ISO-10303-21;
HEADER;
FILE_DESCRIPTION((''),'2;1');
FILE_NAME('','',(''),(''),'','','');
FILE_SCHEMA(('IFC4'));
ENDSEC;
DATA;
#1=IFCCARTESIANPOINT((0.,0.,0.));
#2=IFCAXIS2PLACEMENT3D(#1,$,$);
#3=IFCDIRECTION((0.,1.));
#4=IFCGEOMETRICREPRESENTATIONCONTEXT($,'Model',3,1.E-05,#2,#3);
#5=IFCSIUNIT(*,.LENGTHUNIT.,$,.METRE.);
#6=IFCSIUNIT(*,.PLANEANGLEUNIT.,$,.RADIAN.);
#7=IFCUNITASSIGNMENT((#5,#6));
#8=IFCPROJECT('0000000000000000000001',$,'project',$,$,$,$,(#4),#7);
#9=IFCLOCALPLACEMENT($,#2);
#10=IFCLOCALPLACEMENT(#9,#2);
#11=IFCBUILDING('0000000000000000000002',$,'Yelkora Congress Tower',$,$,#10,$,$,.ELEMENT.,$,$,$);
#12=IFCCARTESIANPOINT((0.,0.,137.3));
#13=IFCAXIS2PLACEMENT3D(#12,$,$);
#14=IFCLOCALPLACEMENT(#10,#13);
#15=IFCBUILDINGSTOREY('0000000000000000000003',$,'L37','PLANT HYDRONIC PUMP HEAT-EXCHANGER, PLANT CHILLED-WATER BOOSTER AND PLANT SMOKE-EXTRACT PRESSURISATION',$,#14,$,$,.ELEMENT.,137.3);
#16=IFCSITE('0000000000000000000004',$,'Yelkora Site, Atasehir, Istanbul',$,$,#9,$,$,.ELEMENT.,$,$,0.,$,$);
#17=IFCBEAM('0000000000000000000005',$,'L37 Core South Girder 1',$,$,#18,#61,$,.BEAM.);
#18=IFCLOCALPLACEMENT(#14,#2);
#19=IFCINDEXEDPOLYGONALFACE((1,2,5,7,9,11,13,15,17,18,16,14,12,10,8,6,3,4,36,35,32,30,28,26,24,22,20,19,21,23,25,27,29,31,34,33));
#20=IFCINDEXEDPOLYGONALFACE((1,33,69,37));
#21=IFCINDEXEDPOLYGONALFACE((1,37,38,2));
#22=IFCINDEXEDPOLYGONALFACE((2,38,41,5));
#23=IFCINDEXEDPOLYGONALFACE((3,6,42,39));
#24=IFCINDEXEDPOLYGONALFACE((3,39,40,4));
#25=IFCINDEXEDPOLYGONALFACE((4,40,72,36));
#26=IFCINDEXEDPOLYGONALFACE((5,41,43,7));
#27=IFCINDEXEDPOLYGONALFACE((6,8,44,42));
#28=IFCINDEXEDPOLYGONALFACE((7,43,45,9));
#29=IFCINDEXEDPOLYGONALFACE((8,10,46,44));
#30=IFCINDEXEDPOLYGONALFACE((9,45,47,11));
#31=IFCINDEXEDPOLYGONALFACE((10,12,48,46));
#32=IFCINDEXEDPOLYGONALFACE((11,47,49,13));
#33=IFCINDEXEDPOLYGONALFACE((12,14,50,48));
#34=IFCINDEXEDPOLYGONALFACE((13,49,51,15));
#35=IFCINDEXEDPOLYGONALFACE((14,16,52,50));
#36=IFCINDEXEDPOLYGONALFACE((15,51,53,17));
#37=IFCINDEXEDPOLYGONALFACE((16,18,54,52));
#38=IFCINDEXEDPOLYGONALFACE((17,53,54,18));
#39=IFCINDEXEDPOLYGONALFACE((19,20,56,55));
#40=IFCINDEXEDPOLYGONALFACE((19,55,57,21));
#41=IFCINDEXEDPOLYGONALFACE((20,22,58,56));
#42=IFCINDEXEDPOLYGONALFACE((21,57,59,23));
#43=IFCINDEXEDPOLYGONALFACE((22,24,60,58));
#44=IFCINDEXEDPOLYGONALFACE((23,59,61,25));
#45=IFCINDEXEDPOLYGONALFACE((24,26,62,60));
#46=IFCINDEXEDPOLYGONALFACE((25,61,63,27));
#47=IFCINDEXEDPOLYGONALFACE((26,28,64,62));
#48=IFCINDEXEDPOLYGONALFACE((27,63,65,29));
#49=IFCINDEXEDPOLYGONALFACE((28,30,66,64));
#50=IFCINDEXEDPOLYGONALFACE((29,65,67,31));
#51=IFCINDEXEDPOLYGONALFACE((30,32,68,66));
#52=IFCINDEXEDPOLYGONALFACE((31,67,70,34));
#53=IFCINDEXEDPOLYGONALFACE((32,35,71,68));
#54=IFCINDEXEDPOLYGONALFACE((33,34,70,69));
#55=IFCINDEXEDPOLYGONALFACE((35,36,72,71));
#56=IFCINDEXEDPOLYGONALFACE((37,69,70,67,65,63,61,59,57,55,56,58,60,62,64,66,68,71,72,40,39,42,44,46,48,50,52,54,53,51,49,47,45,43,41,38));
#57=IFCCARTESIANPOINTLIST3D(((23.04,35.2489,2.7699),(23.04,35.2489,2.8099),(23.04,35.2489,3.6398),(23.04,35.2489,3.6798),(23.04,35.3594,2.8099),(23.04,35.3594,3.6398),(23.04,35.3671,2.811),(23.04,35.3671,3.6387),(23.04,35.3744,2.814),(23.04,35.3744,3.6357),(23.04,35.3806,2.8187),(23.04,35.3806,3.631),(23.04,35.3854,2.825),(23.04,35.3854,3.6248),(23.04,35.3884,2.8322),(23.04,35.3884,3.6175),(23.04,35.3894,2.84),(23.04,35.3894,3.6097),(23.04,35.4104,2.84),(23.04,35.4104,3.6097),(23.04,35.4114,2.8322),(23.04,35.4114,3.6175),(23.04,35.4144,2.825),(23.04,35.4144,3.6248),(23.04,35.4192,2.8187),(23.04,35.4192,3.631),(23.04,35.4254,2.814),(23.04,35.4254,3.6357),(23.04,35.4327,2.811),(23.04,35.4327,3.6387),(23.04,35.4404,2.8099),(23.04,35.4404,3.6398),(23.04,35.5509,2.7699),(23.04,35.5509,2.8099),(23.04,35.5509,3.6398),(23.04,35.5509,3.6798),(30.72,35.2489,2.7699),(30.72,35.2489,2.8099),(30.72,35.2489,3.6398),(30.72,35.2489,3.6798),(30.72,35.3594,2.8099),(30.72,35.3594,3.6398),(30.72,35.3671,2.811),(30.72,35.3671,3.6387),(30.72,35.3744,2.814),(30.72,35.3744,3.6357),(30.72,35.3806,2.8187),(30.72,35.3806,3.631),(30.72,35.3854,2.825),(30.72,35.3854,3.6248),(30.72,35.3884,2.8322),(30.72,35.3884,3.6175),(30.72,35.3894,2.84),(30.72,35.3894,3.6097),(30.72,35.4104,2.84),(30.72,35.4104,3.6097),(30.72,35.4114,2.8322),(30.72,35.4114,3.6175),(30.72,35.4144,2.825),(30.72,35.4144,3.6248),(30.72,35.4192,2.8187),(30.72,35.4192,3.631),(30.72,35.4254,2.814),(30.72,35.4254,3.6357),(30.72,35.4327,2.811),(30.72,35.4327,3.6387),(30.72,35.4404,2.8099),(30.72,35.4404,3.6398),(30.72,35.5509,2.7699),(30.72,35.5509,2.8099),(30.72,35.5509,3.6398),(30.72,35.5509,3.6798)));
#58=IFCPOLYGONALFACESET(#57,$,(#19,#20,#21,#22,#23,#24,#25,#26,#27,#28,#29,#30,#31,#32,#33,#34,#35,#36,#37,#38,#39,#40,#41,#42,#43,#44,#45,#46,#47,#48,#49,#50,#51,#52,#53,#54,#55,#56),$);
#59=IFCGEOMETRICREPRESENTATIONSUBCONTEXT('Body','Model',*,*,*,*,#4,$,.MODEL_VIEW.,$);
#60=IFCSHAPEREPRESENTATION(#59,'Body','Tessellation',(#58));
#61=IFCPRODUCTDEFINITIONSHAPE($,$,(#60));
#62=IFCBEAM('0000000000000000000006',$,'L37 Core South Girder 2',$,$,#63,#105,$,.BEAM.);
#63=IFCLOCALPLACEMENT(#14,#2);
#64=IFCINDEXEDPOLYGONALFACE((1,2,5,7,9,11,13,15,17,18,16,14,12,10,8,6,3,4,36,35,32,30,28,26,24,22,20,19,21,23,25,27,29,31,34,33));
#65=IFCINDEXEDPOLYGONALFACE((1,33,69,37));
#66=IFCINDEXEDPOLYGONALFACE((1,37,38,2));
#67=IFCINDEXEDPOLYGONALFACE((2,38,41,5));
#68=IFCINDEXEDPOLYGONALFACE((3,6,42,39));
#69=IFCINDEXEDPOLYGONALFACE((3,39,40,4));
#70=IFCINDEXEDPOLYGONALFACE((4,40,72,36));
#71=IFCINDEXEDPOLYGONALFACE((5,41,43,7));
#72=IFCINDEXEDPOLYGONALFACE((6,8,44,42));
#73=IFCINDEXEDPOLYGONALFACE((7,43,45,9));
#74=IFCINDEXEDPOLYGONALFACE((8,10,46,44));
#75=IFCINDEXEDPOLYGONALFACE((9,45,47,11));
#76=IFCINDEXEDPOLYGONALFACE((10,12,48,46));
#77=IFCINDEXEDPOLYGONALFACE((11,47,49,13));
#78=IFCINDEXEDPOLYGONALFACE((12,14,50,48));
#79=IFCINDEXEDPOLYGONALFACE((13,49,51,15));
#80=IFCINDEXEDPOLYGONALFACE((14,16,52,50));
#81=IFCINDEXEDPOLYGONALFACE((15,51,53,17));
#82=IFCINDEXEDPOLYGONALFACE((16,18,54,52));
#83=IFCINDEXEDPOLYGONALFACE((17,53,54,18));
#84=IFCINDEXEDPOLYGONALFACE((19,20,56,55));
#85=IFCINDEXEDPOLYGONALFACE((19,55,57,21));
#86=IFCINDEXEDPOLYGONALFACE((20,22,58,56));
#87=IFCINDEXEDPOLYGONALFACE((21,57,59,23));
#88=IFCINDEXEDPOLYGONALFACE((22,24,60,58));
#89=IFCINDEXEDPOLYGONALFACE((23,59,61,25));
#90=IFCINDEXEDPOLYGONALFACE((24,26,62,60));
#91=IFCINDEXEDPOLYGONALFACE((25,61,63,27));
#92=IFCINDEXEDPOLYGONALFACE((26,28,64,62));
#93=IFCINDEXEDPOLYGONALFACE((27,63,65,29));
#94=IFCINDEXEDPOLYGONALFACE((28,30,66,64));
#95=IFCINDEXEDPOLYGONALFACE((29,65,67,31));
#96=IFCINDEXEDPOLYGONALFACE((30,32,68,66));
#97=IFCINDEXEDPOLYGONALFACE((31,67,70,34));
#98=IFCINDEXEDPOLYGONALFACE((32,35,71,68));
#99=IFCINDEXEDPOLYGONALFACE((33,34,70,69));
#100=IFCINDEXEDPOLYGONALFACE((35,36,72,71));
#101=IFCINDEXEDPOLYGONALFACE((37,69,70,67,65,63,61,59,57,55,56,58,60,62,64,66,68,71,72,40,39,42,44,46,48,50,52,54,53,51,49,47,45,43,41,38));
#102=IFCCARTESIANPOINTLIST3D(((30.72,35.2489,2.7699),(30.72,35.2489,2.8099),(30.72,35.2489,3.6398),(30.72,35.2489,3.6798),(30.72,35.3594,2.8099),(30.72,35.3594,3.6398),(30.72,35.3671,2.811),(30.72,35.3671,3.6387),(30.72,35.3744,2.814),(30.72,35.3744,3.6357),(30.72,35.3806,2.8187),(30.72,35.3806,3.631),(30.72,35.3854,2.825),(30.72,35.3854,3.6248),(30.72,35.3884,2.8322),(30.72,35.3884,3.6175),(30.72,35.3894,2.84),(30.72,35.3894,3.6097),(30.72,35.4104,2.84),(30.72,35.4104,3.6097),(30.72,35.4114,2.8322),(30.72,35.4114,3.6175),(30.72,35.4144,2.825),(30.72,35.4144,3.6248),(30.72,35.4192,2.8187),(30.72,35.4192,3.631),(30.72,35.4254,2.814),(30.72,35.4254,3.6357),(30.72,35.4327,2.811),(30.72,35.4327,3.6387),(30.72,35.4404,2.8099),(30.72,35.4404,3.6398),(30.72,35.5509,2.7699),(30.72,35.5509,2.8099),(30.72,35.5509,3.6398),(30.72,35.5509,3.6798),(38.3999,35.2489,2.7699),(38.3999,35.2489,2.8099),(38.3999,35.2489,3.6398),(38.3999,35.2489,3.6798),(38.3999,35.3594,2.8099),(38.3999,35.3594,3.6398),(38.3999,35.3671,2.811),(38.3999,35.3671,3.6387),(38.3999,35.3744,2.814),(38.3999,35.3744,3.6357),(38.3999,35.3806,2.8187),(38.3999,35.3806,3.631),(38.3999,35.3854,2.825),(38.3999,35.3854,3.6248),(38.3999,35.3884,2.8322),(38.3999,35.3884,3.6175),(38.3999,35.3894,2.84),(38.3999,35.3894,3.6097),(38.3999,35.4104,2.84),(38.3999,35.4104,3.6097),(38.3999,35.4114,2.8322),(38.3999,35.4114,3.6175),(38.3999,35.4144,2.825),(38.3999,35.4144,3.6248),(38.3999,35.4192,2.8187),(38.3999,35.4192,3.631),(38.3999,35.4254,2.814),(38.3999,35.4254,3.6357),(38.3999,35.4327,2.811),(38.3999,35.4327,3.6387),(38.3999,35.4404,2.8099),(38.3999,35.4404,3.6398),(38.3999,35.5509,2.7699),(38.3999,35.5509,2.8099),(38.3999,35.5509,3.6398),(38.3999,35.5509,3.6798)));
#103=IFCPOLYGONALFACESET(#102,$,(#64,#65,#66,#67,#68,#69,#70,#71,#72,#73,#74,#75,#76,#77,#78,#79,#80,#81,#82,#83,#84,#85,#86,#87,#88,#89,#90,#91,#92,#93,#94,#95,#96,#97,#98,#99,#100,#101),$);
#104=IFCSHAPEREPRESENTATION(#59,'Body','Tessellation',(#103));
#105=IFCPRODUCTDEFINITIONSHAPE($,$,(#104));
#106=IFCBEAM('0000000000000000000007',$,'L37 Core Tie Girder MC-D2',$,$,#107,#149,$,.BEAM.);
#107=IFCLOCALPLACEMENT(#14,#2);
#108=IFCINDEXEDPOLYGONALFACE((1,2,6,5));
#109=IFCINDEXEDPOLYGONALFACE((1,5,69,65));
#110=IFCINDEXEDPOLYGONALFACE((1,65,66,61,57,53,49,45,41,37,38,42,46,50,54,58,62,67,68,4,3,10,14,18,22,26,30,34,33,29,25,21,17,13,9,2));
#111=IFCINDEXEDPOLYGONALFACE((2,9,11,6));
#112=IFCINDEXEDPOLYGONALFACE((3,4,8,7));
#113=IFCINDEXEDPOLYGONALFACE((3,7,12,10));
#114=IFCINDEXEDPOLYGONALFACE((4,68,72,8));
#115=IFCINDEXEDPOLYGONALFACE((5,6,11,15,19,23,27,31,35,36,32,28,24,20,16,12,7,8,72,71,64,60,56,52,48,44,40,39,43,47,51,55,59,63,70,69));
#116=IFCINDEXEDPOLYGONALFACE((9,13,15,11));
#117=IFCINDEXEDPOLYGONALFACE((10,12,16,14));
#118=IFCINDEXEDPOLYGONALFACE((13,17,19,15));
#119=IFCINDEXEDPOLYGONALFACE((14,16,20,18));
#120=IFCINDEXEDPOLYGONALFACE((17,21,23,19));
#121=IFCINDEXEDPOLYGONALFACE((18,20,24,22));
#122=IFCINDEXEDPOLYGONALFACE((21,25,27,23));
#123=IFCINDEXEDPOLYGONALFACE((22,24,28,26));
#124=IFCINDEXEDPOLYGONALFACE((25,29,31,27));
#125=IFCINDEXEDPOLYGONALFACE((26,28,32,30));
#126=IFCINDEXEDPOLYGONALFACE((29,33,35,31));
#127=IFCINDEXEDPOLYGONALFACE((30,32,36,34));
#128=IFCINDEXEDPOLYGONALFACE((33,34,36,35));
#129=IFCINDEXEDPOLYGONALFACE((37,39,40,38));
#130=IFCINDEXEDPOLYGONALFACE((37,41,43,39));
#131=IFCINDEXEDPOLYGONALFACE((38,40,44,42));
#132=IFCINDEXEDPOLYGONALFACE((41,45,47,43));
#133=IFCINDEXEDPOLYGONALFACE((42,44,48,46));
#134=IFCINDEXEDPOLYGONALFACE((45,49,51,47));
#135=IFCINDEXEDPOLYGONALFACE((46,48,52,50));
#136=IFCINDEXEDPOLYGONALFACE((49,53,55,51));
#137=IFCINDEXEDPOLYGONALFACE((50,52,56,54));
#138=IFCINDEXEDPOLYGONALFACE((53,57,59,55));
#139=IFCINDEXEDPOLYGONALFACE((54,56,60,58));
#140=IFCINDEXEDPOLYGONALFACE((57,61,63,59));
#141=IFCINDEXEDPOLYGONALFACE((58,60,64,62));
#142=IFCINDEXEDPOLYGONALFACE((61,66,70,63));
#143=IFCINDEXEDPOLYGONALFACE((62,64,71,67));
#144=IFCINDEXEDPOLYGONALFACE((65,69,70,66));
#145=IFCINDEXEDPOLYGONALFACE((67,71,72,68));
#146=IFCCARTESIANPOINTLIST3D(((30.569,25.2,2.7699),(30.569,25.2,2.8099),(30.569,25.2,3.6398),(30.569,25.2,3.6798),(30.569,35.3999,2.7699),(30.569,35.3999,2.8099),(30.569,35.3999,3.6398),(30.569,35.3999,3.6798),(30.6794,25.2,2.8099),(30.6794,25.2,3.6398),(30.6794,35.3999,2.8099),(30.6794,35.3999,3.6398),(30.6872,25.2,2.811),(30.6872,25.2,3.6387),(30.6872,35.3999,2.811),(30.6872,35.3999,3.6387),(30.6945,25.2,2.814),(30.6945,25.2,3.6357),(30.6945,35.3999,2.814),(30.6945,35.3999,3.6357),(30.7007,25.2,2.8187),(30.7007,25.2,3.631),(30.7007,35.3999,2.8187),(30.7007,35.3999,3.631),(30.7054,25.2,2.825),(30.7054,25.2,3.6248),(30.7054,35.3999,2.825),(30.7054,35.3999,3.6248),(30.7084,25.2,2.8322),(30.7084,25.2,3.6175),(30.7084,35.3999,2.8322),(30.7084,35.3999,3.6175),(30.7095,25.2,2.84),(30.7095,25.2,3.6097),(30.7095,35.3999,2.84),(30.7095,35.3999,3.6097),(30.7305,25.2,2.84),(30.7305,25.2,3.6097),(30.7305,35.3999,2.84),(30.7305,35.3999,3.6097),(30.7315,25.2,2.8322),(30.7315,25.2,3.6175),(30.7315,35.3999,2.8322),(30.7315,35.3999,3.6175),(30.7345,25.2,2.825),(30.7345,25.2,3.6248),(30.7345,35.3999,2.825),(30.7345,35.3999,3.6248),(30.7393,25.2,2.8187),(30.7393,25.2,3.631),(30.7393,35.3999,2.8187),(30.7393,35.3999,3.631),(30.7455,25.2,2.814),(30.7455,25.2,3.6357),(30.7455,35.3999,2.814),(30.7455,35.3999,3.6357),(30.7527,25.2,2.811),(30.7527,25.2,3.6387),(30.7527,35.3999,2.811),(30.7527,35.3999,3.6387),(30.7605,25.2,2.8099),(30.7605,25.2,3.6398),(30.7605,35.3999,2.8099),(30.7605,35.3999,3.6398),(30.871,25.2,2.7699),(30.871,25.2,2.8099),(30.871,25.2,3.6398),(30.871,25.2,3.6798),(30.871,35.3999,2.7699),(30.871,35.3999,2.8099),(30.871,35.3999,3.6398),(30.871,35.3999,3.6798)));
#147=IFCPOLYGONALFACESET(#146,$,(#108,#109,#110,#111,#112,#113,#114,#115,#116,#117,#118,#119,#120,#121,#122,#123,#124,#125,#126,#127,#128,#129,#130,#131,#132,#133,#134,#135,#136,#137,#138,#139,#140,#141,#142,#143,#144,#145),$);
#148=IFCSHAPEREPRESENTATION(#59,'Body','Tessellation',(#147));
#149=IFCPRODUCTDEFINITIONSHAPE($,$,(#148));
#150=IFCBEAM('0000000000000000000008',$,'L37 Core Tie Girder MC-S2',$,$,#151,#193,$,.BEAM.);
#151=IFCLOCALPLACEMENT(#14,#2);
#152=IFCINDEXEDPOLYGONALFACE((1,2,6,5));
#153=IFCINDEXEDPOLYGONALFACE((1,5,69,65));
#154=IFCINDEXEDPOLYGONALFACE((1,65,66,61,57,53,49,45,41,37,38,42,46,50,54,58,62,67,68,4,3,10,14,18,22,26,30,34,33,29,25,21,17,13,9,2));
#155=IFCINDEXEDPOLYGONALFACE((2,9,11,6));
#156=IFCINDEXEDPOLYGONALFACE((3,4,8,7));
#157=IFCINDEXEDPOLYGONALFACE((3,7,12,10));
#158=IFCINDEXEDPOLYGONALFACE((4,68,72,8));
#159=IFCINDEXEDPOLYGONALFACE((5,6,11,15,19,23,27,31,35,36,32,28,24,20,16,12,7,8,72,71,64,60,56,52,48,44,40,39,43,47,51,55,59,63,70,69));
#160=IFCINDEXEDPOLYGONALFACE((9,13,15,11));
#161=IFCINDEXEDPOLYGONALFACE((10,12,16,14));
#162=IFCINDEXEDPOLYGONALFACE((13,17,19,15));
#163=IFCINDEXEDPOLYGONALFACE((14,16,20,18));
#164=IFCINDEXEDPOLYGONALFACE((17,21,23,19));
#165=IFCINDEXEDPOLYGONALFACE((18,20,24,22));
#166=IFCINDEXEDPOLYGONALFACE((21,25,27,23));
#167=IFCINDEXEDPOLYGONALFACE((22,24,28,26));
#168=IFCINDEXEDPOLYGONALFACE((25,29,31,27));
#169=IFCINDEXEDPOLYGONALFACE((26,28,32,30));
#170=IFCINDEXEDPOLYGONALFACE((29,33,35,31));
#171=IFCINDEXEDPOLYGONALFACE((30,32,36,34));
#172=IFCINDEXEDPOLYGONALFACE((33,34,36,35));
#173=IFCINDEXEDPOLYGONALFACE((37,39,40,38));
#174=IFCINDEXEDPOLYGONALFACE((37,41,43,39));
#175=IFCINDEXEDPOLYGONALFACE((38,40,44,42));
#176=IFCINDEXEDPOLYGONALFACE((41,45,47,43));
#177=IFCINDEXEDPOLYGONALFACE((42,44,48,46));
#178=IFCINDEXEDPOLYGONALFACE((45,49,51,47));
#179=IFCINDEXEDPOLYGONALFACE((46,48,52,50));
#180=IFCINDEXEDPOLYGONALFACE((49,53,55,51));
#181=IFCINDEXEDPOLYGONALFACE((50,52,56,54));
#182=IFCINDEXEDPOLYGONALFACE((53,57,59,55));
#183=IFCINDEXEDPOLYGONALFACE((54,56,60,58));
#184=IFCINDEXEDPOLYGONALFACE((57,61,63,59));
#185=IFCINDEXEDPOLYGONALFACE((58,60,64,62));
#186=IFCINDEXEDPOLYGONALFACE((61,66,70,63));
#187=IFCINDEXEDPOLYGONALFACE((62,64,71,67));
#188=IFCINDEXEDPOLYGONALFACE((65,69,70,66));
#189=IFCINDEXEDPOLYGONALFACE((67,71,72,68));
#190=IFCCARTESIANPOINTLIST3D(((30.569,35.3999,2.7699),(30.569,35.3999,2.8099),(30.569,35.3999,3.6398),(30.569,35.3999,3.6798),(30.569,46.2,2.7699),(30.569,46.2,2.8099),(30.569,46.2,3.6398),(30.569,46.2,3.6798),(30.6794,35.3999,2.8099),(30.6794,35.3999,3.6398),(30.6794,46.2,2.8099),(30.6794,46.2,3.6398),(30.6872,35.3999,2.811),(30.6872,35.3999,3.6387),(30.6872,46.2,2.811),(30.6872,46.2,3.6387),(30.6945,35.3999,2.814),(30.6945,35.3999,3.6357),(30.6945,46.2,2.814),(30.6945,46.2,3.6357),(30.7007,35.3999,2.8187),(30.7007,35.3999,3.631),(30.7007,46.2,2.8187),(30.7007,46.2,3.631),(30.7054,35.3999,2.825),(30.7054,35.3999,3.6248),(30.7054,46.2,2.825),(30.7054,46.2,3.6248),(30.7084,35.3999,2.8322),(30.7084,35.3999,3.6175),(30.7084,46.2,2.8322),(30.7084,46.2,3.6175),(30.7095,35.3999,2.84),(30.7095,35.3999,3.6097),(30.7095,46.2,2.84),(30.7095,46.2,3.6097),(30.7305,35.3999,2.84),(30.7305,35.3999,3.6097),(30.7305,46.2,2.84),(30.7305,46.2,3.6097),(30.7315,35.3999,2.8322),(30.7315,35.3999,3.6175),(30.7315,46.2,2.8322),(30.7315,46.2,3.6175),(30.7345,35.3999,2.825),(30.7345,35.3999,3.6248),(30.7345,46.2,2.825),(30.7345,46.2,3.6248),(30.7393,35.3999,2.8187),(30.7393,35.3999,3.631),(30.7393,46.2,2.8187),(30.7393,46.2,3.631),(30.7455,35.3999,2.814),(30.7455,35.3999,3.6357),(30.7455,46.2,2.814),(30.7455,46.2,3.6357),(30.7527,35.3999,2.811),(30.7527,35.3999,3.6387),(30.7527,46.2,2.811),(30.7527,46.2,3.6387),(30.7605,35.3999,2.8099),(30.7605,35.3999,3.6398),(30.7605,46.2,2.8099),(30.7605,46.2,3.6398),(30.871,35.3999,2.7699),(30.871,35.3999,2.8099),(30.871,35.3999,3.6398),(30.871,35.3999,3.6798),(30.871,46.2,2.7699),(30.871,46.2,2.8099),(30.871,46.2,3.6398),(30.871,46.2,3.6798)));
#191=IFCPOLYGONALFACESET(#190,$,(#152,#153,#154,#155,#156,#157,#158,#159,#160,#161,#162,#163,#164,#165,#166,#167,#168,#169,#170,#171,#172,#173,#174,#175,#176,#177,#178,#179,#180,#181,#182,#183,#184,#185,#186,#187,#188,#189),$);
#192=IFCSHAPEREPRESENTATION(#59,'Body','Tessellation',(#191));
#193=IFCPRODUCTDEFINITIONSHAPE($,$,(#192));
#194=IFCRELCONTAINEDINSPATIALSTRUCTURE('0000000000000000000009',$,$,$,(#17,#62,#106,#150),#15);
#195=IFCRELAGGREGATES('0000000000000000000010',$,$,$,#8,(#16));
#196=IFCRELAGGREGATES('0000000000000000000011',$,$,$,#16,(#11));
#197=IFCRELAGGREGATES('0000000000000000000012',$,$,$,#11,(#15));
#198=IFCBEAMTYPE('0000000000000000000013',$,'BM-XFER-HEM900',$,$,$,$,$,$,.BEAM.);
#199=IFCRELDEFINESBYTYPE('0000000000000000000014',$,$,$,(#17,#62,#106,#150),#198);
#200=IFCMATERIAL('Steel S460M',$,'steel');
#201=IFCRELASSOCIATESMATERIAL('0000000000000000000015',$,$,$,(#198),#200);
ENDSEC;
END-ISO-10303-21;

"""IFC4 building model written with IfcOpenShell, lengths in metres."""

from ifc_helpers import new_model, si_unit, direction, frame, origin, origin_2d, place, context, subcontext, project, spatial, i_section, extrude, material, material_profile, profile_set, type_object, element, save


model = new_model("IFC4")

# Units and contexts
model_context = context("Model", 3, precision=1e-05, world=origin(), true_north=direction((0.0, 1.0)))
body_context = subcontext(model_context, "Body", "Model", "MODEL_VIEW")
ifc_project = project(units=[si_unit("LENGTHUNIT", "METRE"), si_unit("PLANEANGLEUNIT", "RADIAN")], contexts=[model_context])

# Site, building, storey
site_placement = place(None, origin())
site = spatial("IfcSite", under=ifc_project, at=site_placement, Name="Yelkora Site, Atasehir, Istanbul", CompositionType="ELEMENT", RefElevation=0.0)
building_placement = place(site_placement, origin())
building = spatial("IfcBuilding", under=site, at=building_placement, Name="Yelkora Congress Tower", CompositionType="ELEMENT")
storey_placement = place(building_placement, frame((0.0, 0.0, 137.3)))
storey = spatial("IfcBuildingStorey", under=building, at=storey_placement, Name="L37", Description="PLANT HYDRONIC PUMP HEAT-EXCHANGER, PLANT CHILLED-WATER BOOSTER AND PLANT SMOKE-EXTRACT PRESSURISATION", CompositionType="ELEMENT", Elevation=137.3)

# Shared definitions
ifc_material_1 = material(Name="Steel S460M", Category="steel")

# Beams
ifc_material_profile_1 = material_profile(ifc_material_1, i_section(OverallWidth=0.302, OverallDepth=0.9099, WebThickness=0.021, FlangeThickness=0.04, FilletRadius=0.03, at=origin_2d()), Name="HEM 900")
ifc_profile_set_1 = profile_set([ifc_material_profile_1], Name="Steel S460M")
beam_type = type_object("IfcBeamType", Name="BM-XFER-HEM900", PredefinedType="BEAM", material=ifc_profile_set_1)
for number, where, z_axis, x_axis, name in (
    (1, (23.04, 35.3999, 3.2249), (1.0, 0.0, 0.0), (0.0, 1.0, 0.0), "L37 Core South Girder 1"),
    (2, (30.72, 35.3999, 3.2249), (1.0, 0.0, 0.0), (0.0, 1.0, 0.0), "L37 Core South Girder 2"),
):
    element("IfcBeam", number, at=place(storey_placement, frame(where, z_axis=z_axis, x_axis=x_axis)), inside=storey, type_object=beam_type, Name=name, PredefinedType="BEAM", context=body_context, shape_type="SweptSolid", body=[
        extrude(i_section(OverallWidth=0.302, OverallDepth=0.9099, WebThickness=0.021, FlangeThickness=0.04, FilletRadius=0.03, at=origin_2d()), origin(), (0.0, 0.0, 1.0), 7.6799),
    ])
beam_1_placement = place(storey_placement, frame((30.72, 25.2, 3.2249), z_axis=(0.0, 1.0, 0.0), x_axis=(-1.0, 0.0, 0.0)))
element("IfcBeam", 3, at=beam_1_placement, inside=storey, type_object=beam_type, Name="L37 Core Tie Girder MC-D2", PredefinedType="BEAM", context=body_context, shape_type="SweptSolid", body=[
    extrude(i_section(OverallWidth=0.302, OverallDepth=0.9099, WebThickness=0.021, FlangeThickness=0.04, FilletRadius=0.03, at=origin_2d()), origin(), (0.0, 0.0, 1.0), 10.2),
])
beam_2_placement = place(storey_placement, frame((30.72, 35.3999, 3.2249), z_axis=(0.0, 1.0, 0.0), x_axis=(-1.0, 0.0, 0.0)))
element("IfcBeam", 4, at=beam_2_placement, inside=storey, type_object=beam_type, Name="L37 Core Tie Girder MC-S2", PredefinedType="BEAM", context=body_context, shape_type="SweptSolid", body=[
    extrude(i_section(OverallWidth=0.302, OverallDepth=0.9099, WebThickness=0.021, FlangeThickness=0.04, FilletRadius=0.03, at=origin_2d()), origin(), (0.0, 0.0, 1.0), 10.8),
])

save(model, "model.ifc")
